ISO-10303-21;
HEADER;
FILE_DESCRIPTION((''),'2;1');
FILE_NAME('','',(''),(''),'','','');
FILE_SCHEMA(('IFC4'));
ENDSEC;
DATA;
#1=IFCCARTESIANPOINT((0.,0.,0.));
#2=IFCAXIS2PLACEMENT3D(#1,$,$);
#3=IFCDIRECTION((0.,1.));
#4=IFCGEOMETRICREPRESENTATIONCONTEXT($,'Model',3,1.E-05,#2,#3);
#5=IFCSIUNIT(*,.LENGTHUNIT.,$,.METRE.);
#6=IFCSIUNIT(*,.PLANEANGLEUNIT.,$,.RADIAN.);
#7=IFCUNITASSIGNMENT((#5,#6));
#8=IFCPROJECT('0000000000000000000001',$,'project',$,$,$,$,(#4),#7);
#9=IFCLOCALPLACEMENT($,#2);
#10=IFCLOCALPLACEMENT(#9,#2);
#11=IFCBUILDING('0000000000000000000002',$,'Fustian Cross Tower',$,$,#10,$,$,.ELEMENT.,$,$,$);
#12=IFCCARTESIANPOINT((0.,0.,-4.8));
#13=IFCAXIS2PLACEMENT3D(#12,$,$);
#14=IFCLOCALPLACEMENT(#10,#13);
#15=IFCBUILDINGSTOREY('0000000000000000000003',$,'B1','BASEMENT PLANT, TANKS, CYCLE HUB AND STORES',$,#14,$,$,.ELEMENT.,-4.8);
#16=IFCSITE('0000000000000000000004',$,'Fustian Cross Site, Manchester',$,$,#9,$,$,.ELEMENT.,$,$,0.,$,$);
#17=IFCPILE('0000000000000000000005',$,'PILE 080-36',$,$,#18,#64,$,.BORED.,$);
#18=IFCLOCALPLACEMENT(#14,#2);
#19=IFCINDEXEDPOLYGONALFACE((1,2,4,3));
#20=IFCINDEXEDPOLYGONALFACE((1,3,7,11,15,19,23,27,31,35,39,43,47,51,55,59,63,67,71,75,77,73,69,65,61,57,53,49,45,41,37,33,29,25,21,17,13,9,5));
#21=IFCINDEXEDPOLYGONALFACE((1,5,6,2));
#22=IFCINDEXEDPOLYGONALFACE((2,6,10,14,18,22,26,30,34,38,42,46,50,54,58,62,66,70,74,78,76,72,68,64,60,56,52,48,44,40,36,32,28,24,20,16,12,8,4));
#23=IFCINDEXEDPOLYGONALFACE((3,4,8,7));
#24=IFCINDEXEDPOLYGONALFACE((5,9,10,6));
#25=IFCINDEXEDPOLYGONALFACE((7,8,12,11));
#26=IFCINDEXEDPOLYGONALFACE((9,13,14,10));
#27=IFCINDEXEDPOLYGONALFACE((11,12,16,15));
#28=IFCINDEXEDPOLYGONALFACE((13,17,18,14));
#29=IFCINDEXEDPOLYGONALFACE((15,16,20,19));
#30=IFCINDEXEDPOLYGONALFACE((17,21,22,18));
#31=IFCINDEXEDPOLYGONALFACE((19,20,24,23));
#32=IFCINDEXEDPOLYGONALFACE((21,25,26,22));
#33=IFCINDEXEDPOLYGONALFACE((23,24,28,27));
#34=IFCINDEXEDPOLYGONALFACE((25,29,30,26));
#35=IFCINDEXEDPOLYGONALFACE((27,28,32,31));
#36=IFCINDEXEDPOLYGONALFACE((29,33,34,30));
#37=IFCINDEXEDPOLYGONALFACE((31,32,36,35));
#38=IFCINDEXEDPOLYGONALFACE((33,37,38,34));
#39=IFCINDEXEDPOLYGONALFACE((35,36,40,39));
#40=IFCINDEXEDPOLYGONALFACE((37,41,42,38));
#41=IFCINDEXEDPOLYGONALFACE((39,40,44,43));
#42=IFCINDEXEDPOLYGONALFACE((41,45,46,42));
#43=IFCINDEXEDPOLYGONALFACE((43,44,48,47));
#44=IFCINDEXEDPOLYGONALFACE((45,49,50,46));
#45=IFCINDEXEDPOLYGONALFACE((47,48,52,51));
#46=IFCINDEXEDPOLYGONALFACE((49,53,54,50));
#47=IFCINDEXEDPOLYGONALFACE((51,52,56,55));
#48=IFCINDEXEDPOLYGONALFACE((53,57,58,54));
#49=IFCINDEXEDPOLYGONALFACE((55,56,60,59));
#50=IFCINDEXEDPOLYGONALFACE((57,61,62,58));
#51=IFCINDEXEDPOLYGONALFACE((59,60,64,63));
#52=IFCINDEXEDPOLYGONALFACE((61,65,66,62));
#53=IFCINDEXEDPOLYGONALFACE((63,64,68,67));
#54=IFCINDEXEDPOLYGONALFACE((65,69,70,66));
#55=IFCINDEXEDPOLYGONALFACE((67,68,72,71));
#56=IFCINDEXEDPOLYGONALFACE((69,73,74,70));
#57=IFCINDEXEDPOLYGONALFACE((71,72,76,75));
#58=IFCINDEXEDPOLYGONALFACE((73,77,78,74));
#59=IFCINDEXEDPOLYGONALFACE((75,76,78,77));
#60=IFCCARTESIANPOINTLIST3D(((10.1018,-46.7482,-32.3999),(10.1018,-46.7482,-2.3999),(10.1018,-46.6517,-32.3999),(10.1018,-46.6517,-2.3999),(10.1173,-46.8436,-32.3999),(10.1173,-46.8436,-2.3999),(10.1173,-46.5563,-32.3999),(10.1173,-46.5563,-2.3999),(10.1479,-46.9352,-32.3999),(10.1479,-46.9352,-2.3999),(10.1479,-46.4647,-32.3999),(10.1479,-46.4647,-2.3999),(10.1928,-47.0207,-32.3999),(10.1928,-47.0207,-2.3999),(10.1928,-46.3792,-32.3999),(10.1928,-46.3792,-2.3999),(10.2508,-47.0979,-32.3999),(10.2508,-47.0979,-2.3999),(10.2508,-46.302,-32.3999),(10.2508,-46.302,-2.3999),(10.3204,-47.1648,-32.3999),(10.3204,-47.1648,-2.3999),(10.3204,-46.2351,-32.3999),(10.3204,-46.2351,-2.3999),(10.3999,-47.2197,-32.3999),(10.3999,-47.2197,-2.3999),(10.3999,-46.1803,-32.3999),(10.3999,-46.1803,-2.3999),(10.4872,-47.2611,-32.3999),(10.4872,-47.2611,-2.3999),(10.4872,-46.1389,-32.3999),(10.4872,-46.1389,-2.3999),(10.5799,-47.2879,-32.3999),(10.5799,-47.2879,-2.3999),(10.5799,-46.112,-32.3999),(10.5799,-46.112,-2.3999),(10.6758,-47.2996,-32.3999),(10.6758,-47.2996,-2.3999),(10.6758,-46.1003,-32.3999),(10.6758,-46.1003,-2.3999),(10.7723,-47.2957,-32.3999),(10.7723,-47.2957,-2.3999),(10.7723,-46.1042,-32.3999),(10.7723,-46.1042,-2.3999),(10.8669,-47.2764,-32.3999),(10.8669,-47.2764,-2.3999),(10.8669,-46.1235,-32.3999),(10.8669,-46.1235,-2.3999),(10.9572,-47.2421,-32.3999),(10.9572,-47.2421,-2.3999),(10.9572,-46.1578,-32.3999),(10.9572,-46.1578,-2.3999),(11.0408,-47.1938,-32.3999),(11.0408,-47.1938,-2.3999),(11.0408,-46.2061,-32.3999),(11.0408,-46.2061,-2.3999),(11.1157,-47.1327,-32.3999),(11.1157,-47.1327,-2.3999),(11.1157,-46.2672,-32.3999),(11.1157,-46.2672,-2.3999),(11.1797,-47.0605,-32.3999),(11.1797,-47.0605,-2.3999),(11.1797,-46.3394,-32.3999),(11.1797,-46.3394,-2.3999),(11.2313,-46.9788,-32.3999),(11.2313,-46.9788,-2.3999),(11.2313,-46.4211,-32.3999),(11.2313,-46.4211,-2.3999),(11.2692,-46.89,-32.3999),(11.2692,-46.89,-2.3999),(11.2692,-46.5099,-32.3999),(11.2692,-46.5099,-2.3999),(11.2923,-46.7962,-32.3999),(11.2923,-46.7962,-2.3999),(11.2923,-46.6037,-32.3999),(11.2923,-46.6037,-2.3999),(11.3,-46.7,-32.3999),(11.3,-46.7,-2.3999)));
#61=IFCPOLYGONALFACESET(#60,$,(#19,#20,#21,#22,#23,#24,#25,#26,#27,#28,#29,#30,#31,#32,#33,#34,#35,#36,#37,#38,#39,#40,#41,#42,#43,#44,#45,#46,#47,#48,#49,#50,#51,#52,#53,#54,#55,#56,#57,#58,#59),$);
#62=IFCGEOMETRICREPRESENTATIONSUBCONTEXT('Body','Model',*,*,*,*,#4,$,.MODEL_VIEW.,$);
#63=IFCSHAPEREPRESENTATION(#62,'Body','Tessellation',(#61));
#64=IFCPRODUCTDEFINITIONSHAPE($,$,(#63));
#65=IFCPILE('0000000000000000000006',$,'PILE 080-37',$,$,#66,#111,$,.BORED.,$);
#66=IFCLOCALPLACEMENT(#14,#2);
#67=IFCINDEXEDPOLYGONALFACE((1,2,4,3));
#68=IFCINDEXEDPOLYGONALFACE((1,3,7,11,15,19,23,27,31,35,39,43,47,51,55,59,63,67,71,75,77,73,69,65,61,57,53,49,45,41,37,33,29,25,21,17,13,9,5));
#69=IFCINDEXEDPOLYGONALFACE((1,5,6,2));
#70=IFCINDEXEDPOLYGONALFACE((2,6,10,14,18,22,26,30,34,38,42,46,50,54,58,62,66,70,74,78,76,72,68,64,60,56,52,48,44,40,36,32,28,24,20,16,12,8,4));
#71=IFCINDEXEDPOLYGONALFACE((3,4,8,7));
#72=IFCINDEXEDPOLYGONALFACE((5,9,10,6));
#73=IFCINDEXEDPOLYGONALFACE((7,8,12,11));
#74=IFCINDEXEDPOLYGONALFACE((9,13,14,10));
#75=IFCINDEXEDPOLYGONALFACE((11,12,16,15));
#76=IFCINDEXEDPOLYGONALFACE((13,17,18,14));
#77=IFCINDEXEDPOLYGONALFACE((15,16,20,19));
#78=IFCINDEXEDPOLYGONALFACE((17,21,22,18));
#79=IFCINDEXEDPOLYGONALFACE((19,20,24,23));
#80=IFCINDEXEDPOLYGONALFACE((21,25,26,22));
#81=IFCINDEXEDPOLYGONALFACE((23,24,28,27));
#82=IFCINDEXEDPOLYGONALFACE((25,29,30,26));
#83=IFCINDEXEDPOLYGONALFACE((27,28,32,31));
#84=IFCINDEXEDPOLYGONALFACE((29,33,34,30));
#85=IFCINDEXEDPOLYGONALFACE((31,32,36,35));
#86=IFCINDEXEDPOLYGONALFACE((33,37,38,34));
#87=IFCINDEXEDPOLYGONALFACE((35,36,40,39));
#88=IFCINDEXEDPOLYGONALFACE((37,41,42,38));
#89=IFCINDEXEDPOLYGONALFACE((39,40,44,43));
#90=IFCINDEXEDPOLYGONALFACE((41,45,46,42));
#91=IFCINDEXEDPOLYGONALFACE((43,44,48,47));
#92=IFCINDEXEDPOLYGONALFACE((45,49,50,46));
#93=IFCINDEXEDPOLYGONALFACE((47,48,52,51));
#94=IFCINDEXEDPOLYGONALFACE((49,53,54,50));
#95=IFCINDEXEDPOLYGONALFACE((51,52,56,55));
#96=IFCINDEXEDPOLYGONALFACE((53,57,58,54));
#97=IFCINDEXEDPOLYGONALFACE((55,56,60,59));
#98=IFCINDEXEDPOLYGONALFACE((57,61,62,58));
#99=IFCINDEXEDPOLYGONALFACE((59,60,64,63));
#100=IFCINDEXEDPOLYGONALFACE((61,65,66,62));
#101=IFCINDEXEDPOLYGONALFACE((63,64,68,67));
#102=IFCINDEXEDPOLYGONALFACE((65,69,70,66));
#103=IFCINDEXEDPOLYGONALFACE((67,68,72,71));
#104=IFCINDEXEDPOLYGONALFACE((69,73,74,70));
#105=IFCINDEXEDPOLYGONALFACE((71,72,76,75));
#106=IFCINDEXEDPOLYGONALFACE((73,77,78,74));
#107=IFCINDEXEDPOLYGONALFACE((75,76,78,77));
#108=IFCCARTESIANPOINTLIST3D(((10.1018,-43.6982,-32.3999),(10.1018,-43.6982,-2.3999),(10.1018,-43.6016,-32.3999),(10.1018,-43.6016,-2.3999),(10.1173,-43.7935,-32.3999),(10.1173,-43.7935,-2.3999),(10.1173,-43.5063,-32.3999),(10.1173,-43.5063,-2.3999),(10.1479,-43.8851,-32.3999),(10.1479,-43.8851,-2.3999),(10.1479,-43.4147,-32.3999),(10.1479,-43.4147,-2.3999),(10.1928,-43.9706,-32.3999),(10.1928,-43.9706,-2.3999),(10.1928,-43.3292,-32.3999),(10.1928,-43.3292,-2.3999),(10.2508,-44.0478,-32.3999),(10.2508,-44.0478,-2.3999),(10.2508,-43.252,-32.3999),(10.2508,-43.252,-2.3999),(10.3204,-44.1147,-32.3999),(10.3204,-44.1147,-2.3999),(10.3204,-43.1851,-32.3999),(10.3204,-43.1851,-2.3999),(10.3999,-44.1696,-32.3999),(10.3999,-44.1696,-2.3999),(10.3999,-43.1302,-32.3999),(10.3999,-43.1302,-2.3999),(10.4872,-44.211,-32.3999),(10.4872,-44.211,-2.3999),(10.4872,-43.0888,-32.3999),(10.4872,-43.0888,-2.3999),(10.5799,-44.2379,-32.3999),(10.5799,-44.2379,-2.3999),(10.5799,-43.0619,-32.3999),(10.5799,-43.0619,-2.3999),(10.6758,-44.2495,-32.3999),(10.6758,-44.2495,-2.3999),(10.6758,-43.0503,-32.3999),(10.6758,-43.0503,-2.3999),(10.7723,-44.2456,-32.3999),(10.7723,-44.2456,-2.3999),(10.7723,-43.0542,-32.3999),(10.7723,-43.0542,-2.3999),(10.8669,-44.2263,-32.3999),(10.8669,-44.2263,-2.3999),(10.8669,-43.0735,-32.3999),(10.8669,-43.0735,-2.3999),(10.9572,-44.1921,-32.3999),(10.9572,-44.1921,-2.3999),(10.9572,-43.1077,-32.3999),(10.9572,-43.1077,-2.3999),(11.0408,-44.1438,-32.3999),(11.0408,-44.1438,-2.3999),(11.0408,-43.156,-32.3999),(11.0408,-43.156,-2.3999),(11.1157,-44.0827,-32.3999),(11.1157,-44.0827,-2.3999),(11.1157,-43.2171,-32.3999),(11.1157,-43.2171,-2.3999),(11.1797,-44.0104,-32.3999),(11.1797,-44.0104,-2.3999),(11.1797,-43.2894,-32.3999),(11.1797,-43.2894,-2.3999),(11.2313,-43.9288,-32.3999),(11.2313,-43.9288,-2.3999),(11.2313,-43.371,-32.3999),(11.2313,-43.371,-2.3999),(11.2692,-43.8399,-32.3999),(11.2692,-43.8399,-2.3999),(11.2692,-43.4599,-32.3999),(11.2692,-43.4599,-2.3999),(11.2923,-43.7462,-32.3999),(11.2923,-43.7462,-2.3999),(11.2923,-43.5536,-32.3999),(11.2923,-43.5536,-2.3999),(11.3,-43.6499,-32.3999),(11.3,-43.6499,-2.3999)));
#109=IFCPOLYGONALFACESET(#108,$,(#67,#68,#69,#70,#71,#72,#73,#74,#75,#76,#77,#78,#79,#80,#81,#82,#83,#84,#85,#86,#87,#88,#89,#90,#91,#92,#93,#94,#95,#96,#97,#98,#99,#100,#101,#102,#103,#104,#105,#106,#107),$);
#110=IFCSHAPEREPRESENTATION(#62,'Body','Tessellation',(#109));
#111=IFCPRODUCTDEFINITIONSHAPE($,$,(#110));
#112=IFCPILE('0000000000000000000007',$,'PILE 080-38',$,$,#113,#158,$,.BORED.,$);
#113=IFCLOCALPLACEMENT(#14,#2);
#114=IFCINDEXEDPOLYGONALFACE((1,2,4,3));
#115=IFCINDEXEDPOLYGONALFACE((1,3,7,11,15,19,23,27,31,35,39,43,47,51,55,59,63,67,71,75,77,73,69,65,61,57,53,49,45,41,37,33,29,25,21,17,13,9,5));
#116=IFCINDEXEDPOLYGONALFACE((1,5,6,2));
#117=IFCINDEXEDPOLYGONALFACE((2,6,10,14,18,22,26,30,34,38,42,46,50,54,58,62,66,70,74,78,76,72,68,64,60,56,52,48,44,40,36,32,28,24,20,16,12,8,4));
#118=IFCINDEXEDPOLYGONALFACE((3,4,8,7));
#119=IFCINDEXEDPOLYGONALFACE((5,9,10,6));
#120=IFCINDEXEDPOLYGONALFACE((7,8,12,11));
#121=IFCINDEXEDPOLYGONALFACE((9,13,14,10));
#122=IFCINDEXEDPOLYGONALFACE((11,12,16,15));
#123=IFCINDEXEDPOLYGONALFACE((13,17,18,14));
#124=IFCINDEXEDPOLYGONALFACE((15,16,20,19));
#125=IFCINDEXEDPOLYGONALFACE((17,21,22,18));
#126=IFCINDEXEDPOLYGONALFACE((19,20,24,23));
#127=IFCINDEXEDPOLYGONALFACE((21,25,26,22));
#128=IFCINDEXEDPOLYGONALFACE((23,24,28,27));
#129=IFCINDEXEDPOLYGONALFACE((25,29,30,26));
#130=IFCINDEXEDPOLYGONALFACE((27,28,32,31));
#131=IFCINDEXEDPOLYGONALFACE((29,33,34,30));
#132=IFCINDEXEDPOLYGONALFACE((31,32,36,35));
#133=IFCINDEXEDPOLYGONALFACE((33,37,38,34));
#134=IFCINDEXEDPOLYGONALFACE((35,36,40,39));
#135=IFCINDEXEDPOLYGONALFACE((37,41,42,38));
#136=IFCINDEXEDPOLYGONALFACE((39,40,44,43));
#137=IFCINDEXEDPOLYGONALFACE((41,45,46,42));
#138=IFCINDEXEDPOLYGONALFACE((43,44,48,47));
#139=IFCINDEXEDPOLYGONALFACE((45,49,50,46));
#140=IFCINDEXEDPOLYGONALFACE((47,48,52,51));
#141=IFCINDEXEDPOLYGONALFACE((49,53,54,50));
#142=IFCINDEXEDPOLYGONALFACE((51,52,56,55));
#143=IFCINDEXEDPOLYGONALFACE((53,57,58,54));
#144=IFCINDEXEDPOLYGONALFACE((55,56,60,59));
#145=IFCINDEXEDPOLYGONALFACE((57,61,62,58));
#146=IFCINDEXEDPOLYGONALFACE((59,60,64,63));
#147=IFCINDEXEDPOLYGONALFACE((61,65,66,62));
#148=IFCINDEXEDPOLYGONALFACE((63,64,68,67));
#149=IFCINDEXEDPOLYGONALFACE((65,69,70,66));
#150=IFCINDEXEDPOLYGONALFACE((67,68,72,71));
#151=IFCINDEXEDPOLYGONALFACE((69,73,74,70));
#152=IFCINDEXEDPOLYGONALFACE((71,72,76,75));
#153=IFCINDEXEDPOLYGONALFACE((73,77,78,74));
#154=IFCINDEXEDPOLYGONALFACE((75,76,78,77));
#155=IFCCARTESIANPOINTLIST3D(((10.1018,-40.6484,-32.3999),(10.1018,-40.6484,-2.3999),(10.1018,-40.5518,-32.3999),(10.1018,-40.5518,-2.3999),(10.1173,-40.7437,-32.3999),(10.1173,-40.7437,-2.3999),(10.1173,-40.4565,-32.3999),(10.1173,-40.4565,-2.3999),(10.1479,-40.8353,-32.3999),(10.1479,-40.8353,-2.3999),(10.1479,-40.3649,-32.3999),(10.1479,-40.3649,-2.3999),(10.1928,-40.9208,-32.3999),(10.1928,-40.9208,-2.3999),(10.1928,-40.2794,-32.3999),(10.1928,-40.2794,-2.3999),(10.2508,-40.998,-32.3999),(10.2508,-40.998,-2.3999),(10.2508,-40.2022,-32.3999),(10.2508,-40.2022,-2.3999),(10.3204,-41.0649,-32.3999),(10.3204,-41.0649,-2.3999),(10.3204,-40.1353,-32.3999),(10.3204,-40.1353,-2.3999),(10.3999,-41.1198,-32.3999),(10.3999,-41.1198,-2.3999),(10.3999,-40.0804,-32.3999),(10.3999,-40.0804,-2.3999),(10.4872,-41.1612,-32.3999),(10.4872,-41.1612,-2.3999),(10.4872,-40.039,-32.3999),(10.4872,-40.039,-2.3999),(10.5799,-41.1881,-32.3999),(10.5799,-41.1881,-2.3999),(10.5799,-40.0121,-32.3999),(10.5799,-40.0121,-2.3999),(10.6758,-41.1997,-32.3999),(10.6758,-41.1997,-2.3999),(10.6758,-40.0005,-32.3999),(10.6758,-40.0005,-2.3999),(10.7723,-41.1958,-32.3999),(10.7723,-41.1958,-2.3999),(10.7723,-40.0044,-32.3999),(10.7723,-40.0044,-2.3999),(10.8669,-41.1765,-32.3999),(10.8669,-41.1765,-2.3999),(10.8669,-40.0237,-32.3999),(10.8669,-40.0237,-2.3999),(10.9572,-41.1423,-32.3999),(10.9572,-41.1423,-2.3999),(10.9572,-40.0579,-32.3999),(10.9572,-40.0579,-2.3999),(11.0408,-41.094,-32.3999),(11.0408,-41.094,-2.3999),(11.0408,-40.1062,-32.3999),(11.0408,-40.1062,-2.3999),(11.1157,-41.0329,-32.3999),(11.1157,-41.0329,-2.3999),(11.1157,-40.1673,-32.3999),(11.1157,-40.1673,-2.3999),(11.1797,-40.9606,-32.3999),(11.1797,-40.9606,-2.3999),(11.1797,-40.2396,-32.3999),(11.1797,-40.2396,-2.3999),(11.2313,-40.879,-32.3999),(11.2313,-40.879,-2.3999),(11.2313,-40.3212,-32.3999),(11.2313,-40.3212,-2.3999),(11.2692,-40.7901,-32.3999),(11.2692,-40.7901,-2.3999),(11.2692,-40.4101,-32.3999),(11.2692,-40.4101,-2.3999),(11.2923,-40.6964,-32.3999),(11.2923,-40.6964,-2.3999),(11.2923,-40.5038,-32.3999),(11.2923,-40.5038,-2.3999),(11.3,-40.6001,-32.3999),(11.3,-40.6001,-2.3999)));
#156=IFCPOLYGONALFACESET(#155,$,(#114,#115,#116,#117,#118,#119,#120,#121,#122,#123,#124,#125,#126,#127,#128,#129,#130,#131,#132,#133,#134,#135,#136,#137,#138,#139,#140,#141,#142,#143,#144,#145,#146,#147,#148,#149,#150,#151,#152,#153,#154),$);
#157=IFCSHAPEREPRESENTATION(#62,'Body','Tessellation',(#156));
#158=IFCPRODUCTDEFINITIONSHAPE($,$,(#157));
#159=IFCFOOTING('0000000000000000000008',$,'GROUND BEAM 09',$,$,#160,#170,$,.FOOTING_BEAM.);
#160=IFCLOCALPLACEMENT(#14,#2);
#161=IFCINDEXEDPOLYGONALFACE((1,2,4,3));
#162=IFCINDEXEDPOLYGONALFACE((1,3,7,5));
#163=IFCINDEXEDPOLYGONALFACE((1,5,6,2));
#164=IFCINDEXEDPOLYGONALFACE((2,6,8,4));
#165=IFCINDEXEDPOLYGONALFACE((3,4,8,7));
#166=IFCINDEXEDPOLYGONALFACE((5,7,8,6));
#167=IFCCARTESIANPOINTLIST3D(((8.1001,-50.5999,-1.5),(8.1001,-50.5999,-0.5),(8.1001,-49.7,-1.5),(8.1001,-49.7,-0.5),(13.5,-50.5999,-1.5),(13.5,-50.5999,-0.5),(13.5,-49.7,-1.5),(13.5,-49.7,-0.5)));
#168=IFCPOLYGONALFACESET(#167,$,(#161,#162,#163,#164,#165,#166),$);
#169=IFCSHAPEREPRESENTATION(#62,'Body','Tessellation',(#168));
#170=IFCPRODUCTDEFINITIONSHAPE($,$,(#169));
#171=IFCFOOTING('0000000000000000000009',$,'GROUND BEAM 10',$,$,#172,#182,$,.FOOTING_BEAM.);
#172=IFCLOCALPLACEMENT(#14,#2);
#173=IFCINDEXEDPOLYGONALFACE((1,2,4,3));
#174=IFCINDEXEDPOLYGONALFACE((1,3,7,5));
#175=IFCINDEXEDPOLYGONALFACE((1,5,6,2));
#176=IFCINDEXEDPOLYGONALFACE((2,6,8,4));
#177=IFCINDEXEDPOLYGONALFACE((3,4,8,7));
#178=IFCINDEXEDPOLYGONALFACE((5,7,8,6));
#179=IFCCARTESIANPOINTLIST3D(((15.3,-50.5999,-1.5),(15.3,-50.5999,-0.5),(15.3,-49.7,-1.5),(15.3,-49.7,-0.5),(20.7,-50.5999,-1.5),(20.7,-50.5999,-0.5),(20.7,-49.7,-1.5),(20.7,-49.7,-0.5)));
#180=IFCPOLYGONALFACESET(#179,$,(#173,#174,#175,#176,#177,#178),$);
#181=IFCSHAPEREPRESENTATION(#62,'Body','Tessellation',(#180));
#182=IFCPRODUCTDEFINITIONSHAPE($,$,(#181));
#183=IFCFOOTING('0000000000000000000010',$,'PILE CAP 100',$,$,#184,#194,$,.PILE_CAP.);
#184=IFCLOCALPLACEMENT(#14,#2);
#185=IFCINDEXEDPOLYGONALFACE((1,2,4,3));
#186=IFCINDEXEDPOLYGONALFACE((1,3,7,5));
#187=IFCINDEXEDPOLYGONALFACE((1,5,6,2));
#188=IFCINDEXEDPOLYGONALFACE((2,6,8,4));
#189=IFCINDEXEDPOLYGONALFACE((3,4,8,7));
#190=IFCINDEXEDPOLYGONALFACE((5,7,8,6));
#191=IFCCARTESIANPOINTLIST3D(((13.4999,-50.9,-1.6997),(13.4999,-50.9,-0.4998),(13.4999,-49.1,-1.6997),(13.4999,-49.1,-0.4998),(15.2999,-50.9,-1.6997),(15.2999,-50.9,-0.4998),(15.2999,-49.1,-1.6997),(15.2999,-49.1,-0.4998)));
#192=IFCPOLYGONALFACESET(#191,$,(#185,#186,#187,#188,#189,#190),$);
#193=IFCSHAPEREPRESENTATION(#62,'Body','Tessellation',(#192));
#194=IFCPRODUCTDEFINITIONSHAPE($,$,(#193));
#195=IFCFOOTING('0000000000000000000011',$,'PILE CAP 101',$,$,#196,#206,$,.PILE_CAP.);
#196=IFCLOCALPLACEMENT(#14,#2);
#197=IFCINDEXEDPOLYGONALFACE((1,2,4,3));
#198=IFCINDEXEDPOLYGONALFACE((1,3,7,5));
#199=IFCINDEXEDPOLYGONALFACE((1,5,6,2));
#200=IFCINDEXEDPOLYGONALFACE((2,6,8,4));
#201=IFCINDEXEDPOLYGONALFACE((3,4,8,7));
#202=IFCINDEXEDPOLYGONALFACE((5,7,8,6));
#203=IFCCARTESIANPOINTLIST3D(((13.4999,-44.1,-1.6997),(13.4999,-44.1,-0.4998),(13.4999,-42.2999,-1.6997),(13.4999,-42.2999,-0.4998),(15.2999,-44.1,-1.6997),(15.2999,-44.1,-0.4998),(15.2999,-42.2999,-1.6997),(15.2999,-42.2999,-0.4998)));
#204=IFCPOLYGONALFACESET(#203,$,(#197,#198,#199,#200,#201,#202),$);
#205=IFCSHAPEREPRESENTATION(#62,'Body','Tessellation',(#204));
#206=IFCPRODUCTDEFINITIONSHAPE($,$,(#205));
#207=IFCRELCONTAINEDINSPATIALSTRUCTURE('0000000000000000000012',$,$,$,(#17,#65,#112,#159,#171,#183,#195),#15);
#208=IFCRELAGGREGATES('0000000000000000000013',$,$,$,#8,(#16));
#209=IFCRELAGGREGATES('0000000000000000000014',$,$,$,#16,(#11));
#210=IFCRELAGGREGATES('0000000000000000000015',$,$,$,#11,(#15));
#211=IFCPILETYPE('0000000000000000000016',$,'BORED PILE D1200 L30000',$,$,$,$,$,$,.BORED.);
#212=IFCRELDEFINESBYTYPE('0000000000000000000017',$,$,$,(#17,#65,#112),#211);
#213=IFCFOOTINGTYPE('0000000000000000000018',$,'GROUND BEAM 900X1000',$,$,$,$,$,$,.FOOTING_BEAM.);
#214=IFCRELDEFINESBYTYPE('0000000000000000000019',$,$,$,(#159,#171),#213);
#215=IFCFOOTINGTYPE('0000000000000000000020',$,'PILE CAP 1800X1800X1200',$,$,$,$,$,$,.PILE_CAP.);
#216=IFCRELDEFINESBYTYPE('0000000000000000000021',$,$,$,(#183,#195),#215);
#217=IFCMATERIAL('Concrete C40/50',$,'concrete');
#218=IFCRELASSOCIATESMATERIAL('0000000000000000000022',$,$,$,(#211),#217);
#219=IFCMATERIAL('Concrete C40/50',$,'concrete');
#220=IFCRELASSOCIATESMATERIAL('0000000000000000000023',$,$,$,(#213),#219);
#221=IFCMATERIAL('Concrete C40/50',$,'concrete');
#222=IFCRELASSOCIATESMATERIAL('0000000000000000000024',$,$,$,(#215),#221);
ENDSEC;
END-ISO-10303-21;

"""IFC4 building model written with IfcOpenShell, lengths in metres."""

from ifc_helpers import new_model, si_unit, direction, frame, origin, origin_2d, place, context, subcontext, project, spatial, rectangle, circle, extrude, material, material_profile, profile_set, type_object, element, save


model = new_model("IFC4")

# Units and contexts
model_context = context("Model", 3, precision=1e-05, world=origin(), true_north=direction((0.0, 1.0)))
body_context = subcontext(model_context, "Body", "Model", "MODEL_VIEW")
ifc_project = project(units=[si_unit("LENGTHUNIT", "METRE"), si_unit("PLANEANGLEUNIT", "RADIAN")], contexts=[model_context])

# Site, building, storey
site_placement = place(None, origin())
site = spatial("IfcSite", under=ifc_project, at=site_placement, Name="Fustian Cross Site, Manchester", CompositionType="ELEMENT", RefElevation=0.0)
building_placement = place(site_placement, origin())
building = spatial("IfcBuilding", under=site, at=building_placement, Name="Fustian Cross Tower", CompositionType="ELEMENT")
storey_placement = place(building_placement, frame((0.0, 0.0, -4.8)))
storey = spatial("IfcBuildingStorey", under=building, at=storey_placement, Name="B1", Description="BASEMENT PLANT, TANKS, CYCLE HUB AND STORES", CompositionType="ELEMENT", Elevation=-4.8)

# Piles
ifc_material_1 = material(Name="Concrete C40/50", Category="concrete")
ifc_material_profile_1 = material_profile(ifc_material_1, circle(Radius=0.6001, at=origin_2d()), Name="BORED PILE D1200 L30000")
ifc_profile_set_1 = profile_set([ifc_material_profile_1], Name="Concrete C40/50")
pile_type_1 = type_object("IfcPileType", Name="BORED PILE D1200 L30000", PredefinedType="BORED", material=ifc_profile_set_1)
for number, where, z_axis, x_axis, name in (
    (1, (10.7, -46.7, -2.3999), (0.0, 0.0, -1.0), (1.0, 0.0, 0.0), "PILE 080-36"),
    (2, (10.7, -43.6499, -2.3999), (0.0, 0.0, -1.0), (1.0, 0.0, 0.0), "PILE 080-37"),
    (3, (10.7, -40.6001, -2.3999), (0.0, 0.0, -1.0), (1.0, 0.0, 0.0), "PILE 080-38"),
):
    element("IfcPile", number, at=place(storey_placement, frame(where, z_axis=z_axis, x_axis=x_axis)), inside=storey, type_object=pile_type_1, Name=name, PredefinedType="BORED", context=body_context, shape_type="SweptSolid", body=[
        extrude(circle(Radius=0.6001, at=origin_2d()), origin(), (0.0, 0.0, 1.0), 30.0),
    ])

# Footings
ifc_material_2 = material(Name="Concrete C40/50", Category="concrete")
footing_type_1 = type_object("IfcFootingType", Name="GROUND BEAM 900X1000", PredefinedType="FOOTING_BEAM", material=ifc_material_2)
for number, where, z_axis, x_axis, name in (
    (4, (10.8, -50.1499, -1.5), (0.0, 0.0, 1.0), (1.0, 0.0, 0.0), "GROUND BEAM 09"),
    (5, (18.0, -50.1499, -1.5), (0.0, 0.0, 1.0), (1.0, 0.0, 0.0), "GROUND BEAM 10"),
):
    element("IfcFooting", number, at=place(storey_placement, frame(where, z_axis=z_axis, x_axis=x_axis)), inside=storey, type_object=footing_type_1, Name=name, PredefinedType="FOOTING_BEAM", context=body_context, shape_type="SweptSolid", body=[
        extrude(rectangle(XDim=5.3999, YDim=0.8999, at=origin_2d()), origin(), (0.0, 0.0, 1.0), 1.0),
    ])
ifc_material_3 = material(Name="Concrete C40/50", Category="concrete")
footing_type_2 = type_object("IfcFootingType", Name="PILE CAP 1800X1800X1200", PredefinedType="PILE_CAP", material=ifc_material_3)
for number, where, z_axis, x_axis, name in (
    (6, (14.3999, -50.0, -1.6997), (0.0, 0.0, 1.0), (1.0, 0.0, 0.0), "PILE CAP 100"),
    (7, (14.3999, -43.2, -1.6997), (0.0, 0.0, 1.0), (1.0, 0.0, 0.0), "PILE CAP 101"),
):
    element("IfcFooting", number, at=place(storey_placement, frame(where, z_axis=z_axis, x_axis=x_axis)), inside=storey, type_object=footing_type_2, Name=name, PredefinedType="PILE_CAP", context=body_context, shape_type="SweptSolid", body=[
        extrude(rectangle(XDim=1.8, YDim=1.8, at=origin_2d()), origin(), (0.0, 0.0, 1.0), 1.2),
    ])

save(model, "model.ifc")
